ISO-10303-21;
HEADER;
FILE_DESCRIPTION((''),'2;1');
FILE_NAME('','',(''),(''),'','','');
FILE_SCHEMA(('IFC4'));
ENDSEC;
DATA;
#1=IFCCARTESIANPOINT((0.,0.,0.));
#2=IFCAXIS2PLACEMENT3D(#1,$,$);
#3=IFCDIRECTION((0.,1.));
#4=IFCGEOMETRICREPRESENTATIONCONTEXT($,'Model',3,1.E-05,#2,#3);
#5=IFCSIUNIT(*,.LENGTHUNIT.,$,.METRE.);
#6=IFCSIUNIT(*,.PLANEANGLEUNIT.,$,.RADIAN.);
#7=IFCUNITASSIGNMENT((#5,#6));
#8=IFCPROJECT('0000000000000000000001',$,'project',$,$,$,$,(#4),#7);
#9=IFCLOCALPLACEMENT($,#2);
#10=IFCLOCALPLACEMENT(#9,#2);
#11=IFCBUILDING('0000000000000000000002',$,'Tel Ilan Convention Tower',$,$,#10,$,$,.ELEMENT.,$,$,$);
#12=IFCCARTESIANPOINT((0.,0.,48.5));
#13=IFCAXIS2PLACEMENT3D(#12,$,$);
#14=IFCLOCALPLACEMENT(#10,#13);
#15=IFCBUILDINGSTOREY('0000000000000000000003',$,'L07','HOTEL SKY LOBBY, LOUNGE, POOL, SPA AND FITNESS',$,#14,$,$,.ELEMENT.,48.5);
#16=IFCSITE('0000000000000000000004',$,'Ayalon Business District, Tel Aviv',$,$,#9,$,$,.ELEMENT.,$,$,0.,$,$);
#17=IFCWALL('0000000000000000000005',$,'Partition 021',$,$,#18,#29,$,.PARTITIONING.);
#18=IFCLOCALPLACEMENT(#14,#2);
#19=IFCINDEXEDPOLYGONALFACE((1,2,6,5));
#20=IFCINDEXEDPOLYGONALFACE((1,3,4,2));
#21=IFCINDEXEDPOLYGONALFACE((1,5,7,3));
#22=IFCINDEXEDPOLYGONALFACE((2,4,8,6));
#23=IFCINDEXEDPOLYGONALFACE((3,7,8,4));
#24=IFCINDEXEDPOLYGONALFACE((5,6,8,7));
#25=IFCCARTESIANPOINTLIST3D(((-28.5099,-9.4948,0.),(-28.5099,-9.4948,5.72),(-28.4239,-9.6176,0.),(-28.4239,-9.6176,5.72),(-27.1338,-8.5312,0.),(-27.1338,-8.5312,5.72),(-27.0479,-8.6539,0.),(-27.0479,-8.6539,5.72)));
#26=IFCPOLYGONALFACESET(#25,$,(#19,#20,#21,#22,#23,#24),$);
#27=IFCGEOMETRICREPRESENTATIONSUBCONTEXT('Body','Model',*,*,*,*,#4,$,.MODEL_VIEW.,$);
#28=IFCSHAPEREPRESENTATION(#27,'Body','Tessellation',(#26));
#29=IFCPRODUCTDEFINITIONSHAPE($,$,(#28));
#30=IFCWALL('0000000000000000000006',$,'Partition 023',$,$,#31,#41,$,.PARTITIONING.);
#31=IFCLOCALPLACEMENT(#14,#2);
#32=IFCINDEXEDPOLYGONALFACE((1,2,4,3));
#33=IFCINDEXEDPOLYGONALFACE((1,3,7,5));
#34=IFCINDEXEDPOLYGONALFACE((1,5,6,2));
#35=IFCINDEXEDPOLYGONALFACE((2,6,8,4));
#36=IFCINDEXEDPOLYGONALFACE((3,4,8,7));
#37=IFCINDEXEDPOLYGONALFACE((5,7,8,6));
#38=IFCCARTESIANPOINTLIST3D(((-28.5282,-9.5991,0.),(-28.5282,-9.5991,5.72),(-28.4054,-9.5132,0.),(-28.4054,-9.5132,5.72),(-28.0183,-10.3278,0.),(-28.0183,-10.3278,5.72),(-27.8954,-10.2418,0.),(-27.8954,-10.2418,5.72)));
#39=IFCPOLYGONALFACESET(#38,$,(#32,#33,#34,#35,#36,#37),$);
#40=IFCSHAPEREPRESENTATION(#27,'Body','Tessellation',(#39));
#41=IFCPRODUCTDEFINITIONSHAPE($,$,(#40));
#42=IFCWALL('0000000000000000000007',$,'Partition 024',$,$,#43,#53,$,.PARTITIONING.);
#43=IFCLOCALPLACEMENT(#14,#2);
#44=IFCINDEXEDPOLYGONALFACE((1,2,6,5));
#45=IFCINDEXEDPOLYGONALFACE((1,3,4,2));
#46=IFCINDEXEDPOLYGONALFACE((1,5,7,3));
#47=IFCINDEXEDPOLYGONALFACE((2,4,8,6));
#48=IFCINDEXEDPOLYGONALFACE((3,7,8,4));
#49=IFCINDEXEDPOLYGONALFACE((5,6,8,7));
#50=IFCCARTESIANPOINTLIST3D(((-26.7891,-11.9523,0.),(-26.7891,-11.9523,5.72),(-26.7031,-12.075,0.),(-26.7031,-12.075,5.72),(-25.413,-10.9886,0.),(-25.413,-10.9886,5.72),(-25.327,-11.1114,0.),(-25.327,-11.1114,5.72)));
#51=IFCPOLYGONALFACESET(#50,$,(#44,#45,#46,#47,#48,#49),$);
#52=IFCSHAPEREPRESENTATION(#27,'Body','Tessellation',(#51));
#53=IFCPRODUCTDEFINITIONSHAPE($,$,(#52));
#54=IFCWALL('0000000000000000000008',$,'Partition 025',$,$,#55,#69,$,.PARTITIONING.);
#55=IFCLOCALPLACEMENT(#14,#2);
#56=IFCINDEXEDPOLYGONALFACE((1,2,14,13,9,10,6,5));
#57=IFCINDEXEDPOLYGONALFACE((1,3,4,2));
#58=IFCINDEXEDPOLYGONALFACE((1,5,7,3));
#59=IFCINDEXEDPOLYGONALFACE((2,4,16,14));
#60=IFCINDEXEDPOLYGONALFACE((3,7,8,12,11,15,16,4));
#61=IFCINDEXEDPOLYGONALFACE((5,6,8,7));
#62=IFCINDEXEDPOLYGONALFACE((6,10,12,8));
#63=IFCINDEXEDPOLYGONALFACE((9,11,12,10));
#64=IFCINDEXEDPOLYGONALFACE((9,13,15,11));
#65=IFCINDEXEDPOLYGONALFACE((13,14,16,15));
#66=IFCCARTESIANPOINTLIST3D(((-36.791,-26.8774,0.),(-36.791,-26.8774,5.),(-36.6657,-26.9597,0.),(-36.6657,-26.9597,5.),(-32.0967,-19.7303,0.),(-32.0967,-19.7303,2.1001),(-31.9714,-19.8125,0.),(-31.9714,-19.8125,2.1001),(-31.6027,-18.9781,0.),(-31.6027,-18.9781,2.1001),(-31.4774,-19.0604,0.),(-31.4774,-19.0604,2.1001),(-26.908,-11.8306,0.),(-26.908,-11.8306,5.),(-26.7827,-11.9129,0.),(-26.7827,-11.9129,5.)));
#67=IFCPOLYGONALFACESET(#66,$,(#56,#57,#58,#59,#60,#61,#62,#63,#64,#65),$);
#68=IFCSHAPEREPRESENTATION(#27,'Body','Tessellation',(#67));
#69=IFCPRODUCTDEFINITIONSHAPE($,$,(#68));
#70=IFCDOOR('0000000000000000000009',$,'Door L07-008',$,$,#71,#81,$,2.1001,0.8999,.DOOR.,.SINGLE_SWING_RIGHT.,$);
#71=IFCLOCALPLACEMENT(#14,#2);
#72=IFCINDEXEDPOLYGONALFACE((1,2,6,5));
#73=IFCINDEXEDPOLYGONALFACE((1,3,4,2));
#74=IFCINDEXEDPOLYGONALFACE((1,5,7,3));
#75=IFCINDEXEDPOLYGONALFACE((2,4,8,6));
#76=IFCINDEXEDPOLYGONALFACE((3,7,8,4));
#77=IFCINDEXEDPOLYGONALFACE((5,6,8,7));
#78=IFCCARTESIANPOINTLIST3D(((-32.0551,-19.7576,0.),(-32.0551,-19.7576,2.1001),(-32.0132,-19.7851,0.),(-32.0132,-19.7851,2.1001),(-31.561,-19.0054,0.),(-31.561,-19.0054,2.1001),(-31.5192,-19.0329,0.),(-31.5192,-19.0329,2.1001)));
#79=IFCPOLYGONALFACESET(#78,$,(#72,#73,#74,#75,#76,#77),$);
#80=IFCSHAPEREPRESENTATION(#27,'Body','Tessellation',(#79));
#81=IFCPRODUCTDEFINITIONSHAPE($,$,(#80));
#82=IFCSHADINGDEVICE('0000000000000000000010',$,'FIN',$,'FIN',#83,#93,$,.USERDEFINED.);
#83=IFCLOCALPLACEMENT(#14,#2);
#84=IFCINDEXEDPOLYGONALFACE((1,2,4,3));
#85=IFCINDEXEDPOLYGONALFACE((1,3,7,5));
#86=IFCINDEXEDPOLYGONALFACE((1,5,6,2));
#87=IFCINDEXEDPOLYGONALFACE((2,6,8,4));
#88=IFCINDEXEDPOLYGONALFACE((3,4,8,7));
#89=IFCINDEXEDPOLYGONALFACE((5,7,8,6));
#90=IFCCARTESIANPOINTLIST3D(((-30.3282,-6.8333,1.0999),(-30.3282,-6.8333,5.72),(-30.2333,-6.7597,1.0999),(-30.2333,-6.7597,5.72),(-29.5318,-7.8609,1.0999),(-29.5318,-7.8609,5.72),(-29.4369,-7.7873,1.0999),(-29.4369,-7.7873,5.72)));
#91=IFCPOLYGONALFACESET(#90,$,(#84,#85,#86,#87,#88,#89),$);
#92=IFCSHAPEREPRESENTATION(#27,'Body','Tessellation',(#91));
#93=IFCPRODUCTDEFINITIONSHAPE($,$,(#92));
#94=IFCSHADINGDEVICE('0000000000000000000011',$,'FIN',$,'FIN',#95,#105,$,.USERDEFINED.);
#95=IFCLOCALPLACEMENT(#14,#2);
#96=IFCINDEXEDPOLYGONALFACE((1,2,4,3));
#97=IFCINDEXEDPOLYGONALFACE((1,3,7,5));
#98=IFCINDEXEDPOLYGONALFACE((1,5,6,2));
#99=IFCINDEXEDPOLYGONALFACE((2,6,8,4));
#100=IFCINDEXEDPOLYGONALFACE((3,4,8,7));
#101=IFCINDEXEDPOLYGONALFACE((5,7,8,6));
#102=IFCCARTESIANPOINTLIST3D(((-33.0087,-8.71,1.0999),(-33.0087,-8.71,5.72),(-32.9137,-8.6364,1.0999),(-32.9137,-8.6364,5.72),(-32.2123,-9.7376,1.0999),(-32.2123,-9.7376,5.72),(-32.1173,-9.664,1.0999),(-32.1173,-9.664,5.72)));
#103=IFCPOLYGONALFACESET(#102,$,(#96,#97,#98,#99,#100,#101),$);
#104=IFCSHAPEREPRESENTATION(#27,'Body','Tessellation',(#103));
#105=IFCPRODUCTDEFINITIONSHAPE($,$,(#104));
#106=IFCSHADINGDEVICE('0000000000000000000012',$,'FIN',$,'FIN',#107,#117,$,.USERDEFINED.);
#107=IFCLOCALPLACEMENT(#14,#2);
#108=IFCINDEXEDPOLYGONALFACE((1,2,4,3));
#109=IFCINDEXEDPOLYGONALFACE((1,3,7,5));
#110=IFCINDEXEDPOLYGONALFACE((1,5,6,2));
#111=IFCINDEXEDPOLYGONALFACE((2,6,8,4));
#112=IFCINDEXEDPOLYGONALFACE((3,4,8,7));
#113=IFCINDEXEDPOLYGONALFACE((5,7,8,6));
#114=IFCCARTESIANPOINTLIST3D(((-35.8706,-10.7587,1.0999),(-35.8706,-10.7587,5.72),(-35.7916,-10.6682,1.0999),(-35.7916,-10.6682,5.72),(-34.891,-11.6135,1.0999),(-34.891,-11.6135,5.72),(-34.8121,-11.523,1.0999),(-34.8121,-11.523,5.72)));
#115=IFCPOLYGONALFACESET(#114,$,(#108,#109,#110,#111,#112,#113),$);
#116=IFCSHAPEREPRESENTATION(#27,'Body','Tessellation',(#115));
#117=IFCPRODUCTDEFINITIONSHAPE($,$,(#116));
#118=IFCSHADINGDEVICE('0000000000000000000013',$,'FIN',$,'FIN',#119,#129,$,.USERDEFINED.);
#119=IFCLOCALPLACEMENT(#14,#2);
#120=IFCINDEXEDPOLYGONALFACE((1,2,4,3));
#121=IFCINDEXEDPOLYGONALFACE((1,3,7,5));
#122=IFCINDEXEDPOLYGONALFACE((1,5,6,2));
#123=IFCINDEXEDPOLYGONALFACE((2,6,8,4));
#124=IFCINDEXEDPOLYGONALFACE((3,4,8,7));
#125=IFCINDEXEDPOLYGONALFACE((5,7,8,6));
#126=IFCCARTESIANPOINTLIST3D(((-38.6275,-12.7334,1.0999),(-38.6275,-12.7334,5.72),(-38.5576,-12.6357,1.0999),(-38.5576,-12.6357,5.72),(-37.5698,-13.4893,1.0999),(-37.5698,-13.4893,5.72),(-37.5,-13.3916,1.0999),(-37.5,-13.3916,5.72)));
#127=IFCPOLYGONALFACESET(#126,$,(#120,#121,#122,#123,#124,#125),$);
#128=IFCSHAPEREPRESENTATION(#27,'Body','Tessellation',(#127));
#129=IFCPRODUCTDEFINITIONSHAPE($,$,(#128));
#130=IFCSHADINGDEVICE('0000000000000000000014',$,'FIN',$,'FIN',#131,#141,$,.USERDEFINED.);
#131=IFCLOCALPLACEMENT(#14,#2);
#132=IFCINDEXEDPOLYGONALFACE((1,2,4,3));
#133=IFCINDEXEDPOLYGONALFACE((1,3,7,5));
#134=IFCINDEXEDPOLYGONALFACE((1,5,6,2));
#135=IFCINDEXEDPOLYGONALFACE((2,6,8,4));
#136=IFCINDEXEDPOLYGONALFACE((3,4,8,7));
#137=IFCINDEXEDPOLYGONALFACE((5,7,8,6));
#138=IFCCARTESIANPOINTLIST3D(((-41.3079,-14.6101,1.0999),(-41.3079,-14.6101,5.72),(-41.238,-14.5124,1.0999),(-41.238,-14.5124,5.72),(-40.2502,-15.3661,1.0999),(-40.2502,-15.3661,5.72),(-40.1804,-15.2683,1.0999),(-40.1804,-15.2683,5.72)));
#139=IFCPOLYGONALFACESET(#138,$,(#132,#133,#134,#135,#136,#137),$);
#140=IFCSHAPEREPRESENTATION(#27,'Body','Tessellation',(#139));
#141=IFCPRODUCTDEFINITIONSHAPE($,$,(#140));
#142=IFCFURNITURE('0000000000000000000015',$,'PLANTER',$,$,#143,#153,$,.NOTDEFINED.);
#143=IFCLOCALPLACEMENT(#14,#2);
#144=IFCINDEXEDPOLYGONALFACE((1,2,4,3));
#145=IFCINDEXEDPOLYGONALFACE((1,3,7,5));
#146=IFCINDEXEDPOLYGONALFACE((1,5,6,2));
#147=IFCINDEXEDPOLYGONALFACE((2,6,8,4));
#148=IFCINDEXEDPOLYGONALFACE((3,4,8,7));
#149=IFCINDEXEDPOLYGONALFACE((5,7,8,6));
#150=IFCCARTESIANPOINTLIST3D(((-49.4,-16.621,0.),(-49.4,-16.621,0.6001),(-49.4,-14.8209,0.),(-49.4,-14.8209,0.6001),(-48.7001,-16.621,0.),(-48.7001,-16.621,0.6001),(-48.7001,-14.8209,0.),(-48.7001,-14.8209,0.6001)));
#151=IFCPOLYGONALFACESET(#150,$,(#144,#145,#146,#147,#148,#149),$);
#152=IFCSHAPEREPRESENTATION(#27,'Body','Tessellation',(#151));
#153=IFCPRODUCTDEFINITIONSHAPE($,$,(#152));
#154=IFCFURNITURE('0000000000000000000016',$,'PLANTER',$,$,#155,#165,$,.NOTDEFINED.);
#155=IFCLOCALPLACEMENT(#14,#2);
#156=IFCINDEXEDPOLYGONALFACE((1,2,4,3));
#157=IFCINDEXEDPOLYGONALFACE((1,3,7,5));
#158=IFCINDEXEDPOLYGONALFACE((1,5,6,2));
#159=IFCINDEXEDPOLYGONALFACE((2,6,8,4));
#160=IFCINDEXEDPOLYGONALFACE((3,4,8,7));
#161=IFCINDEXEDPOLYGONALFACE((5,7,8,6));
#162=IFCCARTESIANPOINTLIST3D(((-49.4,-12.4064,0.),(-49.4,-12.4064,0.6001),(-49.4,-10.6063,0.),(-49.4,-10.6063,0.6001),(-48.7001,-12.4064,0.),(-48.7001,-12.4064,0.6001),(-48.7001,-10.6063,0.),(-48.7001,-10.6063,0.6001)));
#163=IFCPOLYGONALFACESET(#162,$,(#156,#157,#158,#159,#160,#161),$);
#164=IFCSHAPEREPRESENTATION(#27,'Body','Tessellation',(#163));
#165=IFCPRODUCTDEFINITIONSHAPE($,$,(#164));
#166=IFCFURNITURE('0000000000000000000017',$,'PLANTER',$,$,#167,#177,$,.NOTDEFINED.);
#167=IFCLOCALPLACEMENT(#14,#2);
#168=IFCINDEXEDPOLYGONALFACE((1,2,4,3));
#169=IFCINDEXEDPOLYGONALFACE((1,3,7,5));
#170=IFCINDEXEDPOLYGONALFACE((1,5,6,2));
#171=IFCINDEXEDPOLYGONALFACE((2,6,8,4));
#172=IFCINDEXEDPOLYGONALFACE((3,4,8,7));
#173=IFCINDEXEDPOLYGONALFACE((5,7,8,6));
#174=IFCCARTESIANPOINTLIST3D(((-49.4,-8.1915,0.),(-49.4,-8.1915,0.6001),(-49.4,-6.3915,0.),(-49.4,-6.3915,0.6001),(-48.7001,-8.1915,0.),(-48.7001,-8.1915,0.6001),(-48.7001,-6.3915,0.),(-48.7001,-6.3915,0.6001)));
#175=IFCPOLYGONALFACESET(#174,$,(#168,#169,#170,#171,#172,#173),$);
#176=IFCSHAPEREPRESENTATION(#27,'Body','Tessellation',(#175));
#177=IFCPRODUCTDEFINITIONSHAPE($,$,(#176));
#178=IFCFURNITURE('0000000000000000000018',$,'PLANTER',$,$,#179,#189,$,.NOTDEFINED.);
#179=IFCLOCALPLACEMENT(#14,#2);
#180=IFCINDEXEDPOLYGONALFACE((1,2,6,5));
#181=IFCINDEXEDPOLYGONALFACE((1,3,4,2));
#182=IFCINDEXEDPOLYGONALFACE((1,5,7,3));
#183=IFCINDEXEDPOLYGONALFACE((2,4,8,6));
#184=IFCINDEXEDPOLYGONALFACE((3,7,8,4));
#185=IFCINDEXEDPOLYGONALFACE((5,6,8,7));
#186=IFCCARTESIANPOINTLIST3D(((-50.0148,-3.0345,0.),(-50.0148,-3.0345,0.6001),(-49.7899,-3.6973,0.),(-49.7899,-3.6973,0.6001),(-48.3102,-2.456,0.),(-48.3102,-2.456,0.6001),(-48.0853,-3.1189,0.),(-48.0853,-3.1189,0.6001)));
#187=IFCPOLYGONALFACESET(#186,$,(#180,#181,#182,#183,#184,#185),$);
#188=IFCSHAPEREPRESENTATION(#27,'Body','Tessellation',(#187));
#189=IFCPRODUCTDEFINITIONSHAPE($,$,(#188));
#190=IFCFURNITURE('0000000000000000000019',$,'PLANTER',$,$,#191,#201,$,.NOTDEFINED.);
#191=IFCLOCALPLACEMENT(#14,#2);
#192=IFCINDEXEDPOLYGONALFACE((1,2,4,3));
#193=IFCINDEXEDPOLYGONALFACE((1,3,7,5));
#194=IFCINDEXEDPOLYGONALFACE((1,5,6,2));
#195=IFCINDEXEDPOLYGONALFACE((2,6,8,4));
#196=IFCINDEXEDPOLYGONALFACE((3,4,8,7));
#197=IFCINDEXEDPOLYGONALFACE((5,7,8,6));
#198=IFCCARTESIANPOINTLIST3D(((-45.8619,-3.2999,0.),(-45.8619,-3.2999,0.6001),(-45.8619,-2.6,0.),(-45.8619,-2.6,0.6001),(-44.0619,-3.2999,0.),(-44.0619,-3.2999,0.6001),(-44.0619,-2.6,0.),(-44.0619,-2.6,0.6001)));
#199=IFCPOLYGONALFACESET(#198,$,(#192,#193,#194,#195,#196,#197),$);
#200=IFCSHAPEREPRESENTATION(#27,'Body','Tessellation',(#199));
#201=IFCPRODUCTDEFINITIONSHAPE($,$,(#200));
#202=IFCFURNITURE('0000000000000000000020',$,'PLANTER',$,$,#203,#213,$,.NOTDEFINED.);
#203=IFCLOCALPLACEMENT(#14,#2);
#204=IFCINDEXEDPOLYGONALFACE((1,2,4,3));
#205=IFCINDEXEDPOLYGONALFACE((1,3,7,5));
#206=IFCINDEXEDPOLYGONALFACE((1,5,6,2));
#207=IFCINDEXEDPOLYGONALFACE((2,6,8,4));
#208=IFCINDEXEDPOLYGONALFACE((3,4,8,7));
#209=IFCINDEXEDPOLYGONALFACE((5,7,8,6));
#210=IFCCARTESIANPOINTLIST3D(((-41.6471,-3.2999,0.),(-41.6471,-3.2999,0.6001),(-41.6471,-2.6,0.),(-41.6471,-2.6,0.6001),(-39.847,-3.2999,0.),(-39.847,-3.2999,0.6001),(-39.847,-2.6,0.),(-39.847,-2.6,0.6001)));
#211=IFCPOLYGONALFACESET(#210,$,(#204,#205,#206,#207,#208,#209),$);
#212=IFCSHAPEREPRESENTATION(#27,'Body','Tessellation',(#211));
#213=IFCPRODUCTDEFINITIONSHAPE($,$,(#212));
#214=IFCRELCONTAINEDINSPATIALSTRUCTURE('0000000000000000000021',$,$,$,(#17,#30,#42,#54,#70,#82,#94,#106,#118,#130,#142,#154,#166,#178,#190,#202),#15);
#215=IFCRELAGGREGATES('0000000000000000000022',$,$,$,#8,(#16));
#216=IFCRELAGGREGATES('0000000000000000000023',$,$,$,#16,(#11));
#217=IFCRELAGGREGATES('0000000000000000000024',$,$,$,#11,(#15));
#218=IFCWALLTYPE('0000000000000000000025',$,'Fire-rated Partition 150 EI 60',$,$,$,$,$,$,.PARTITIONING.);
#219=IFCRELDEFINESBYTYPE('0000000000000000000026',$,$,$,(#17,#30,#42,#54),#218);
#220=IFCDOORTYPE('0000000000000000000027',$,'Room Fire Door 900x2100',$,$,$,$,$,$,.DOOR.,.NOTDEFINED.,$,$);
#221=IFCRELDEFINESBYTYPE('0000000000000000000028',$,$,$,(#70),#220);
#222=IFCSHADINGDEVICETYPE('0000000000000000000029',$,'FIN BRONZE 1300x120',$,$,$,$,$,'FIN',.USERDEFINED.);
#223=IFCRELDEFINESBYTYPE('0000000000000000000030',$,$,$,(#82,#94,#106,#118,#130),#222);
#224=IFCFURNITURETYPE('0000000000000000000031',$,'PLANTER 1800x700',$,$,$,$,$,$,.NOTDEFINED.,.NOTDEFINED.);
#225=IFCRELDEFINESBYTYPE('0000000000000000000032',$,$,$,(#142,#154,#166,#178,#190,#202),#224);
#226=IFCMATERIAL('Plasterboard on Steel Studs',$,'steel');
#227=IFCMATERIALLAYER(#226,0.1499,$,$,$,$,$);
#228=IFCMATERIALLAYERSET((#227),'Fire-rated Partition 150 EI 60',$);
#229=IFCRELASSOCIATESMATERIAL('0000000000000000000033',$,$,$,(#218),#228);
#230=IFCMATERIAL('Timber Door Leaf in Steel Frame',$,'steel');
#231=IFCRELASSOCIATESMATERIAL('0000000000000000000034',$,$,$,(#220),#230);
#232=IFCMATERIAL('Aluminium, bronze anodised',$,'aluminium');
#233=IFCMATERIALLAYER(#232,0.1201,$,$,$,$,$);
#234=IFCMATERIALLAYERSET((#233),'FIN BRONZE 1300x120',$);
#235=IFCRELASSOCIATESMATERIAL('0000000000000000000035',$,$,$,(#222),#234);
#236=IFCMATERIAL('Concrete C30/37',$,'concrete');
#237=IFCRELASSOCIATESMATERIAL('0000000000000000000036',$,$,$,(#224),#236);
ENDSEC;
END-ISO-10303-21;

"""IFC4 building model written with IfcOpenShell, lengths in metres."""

from ifc_helpers import new_model, si_unit, direction, frame, frame_2d, origin, origin_2d, place, context, subcontext, project, spatial, rectangle, extrude, material, layer, layer_set, type_object, element, fill, save


model = new_model("IFC4")

# Units and contexts
model_context = context("Model", 3, precision=1e-05, world=origin(), true_north=direction((0.0, 1.0)))
body_context = subcontext(model_context, "Body", "Model", "MODEL_VIEW")
ifc_project = project(units=[si_unit("LENGTHUNIT", "METRE"), si_unit("PLANEANGLEUNIT", "RADIAN")], contexts=[model_context])

# Site, building, storey
site_placement = place(None, origin())
site = spatial("IfcSite", under=ifc_project, at=site_placement, Name="Ayalon Business District, Tel Aviv", CompositionType="ELEMENT", RefElevation=0.0)
building_placement = place(site_placement, origin())
building = spatial("IfcBuilding", under=site, at=building_placement, Name="Tel Ilan Convention Tower", CompositionType="ELEMENT")
storey_placement = place(building_placement, frame((0.0, 0.0, 48.5)))
storey = spatial("IfcBuildingStorey", under=building, at=storey_placement, Name="L07", Description="HOTEL SKY LOBBY, LOUNGE, POOL, SPA AND FITNESS", CompositionType="ELEMENT", Elevation=48.5)

# Walls
ifc_material_1 = material(Name="Plasterboard on Steel Studs", Category="steel")
ifc_layer_1 = layer(ifc_material_1, 0.1499)
ifc_layer_set_1 = layer_set([ifc_layer_1], Name="Fire-rated Partition 150 EI 60")
wall_type_1 = type_object("IfcWallType", Name="Fire-rated Partition 150 EI 60", PredefinedType="PARTITIONING", material=ifc_layer_set_1)
wall_1_placement = place(storey_placement, frame((-28.4668, -9.5562, 0.0), z_axis=(0.0, 0.0, 1.0), x_axis=(0.819109, 0.573638, 0.0)))
element("IfcWall", 1, at=wall_1_placement, inside=storey, type_object=wall_type_1, Name="Partition 021", PredefinedType="PARTITIONING", context=body_context, shape_type="SweptSolid", body=[
    extrude(rectangle(XDim=1.6799, YDim=0.1499, at=frame_2d((0.8398, 0.0))), origin(), (0.0, 0.0, 1.0), 5.72),
])
wall_2_placement = place(storey_placement, frame((-27.9568, -10.2849, 0.0), z_axis=(0.0, 0.0, 1.0), x_axis=(-0.57337, 0.819296, 0.0)))
element("IfcWall", 2, at=wall_2_placement, inside=storey, type_object=wall_type_1, Name="Partition 023", PredefinedType="PARTITIONING", context=body_context, shape_type="SweptSolid", body=[
    extrude(rectangle(XDim=0.8894, YDim=0.1499, at=frame_2d((0.4448, 0.0))), origin(), (0.0, 0.0, 1.0), 5.72),
])
wall_3_placement = place(storey_placement, frame((-25.3701, -11.05, 0.0), z_axis=(0.0, 0.0, 1.0), x_axis=(-0.819109, -0.573638, 0.0)))
element("IfcWall", 3, at=wall_3_placement, inside=storey, type_object=wall_type_1, Name="Partition 024", PredefinedType="PARTITIONING", context=body_context, shape_type="SweptSolid", body=[
    extrude(rectangle(XDim=1.6799, YDim=0.1499, at=frame_2d((0.8398, 0.0))), origin(), (0.0, 0.0, 1.0), 5.72),
])

# Wall, opening, door
wall_4_placement = place(storey_placement, frame((-26.8455, -11.8718, 0.0), z_axis=(0.0, 0.0, 1.0), x_axis=(-0.548988, -0.83583, 0.0)))
wall_4 = element("IfcWall", 4, at=wall_4_placement, inside=storey, type_object=wall_type_1, Name="Partition 025", PredefinedType="PARTITIONING", context=body_context, shape_type="SweptSolid", body=[
    extrude(rectangle(XDim=18.0022, YDim=0.1499, at=frame_2d((9.001, 0.0))), origin(), (0.0, 0.0, 1.0), 5.0),
])
opening_1_placement = place(wall_4_placement, frame((8.5513, 0.0, 0.0)))
opening_1 = element("IfcOpeningElement", 5, at=opening_1_placement, cuts=wall_4, PredefinedType="OPENING", context=body_context, shape_type="SweptSolid", body=[
    extrude(rectangle(XDim=0.8999, YDim=2.1001, at=frame_2d((0.45, 1.05))), frame((0.0, 0.085, 0.0), z_axis=(0.0, -1.0, 0.0), x_axis=(1.0, 0.0, 0.0)), (0.0, 0.0, 1.0), 0.1699),
])
ifc_material_2 = material(Name="Timber Door Leaf in Steel Frame", Category="steel")
door_type_1 = type_object("IfcDoorType", Name="Room Fire Door 900x2100", OperationType="NOTDEFINED", PredefinedType="DOOR", material=ifc_material_2)
door_1_placement = place(opening_1_placement, origin())
door_1 = element("IfcDoor", 6, at=door_1_placement, inside=storey, type_object=door_type_1, Name="Door L07-008", OperationType="SINGLE_SWING_RIGHT", OverallHeight=2.1001, OverallWidth=0.8999, PredefinedType="DOOR", context=body_context, shape_type="SweptSolid", body=[
    extrude(rectangle(XDim=0.8999, YDim=2.1001, at=frame_2d((0.45, 1.05))), frame((0.0, 0.0249, 0.0), z_axis=(0.0, -1.0, 0.0), x_axis=(1.0, 0.0, 0.0)), (0.0, 0.0, 1.0), 0.05),
])
fill(opening_1, door_1)

# Shading devices
ifc_material_3 = material(Name="Aluminium, bronze anodised", Category="aluminium")
ifc_layer_2 = layer(ifc_material_3, 0.1201)
ifc_layer_set_2 = layer_set([ifc_layer_2], Name="FIN BRONZE 1300x120")
shading_device_type = type_object("IfcShadingDeviceType", Name="FIN BRONZE 1300x120", ElementType="FIN", PredefinedType="USERDEFINED", material=ifc_layer_set_2)
for number, where, z_axis, x_axis, name in (
    (7, (-29.8826, -7.3103, 1.0999), (0.0, 0.0, 1.0), (-0.612601, 0.790393, 0.0), "FIN"),
    (8, (-32.563, -9.187, 1.0999), (0.0, 0.0, 1.0), (-0.612601, 0.790393, 0.0), "FIN"),
    (9, (-35.3413, -11.1409, 1.0999), (0.0, 0.0, 1.0), (-0.753436, 0.657521, 0.0), "FIN"),
    (10, (-38.0637, -13.0625, 1.0999), (0.0, 0.0, 1.0), (-0.813552, 0.581492, 0.0), "FIN"),
    (11, (-40.7441, -14.9392, 1.0999), (0.0, 0.0, 1.0), (-0.813552, 0.581492, 0.0), "FIN"),
):
    element("IfcShadingDevice", number, at=place(storey_placement, frame(where, z_axis=z_axis, x_axis=x_axis)), inside=storey, type_object=shading_device_type, Name=name, ObjectType="FIN", PredefinedType="USERDEFINED", context=body_context, shape_type="SweptSolid", body=[
        extrude(rectangle(XDim=1.3, YDim=0.1201, at=origin_2d()), origin(), (0.0, 0.0, 1.0), 4.6201),
    ])

# Furniture
ifc_material_4 = material(Name="Concrete C30/37", Category="concrete")
furniture_type = type_object("IfcFurnitureType", Name="PLANTER 1800x700", AssemblyPlace="NOTDEFINED", PredefinedType="NOTDEFINED", material=ifc_material_4)
for number, where, z_axis, x_axis, name in (
    (12, (-49.05, -15.7209, 0.0), (0.0, 0.0, 1.0), (0.0, 1.0, 0.0), "PLANTER"),
    (13, (-49.05, -11.5063, 0.0), (0.0, 0.0, 1.0), (0.0, 1.0, 0.0), "PLANTER"),
    (14, (-49.05, -7.2915, 0.0), (0.0, 0.0, 1.0), (0.0, 1.0, 0.0), "PLANTER"),
    (15, (-49.05, -3.0767, 0.0), (0.0, 0.0, 1.0), (0.946964, 0.321339, 0.0), "PLANTER"),
    (16, (-44.9619, -2.95, 0.0), (0.0, 0.0, 1.0), (1.0, 0.0, 0.0), "PLANTER"),
    (17, (-40.7471, -2.95, 0.0), (0.0, 0.0, 1.0), (1.0, 0.0, 0.0), "PLANTER"),
):
    element("IfcFurniture", number, at=place(storey_placement, frame(where, z_axis=z_axis, x_axis=x_axis)), inside=storey, type_object=furniture_type, Name=name, PredefinedType="NOTDEFINED", context=body_context, shape_type="SweptSolid", body=[
        extrude(rectangle(XDim=1.8, YDim=0.7, at=origin_2d()), origin(), (0.0, 0.0, 1.0), 0.6001),
    ])

save(model, "model.ifc")
